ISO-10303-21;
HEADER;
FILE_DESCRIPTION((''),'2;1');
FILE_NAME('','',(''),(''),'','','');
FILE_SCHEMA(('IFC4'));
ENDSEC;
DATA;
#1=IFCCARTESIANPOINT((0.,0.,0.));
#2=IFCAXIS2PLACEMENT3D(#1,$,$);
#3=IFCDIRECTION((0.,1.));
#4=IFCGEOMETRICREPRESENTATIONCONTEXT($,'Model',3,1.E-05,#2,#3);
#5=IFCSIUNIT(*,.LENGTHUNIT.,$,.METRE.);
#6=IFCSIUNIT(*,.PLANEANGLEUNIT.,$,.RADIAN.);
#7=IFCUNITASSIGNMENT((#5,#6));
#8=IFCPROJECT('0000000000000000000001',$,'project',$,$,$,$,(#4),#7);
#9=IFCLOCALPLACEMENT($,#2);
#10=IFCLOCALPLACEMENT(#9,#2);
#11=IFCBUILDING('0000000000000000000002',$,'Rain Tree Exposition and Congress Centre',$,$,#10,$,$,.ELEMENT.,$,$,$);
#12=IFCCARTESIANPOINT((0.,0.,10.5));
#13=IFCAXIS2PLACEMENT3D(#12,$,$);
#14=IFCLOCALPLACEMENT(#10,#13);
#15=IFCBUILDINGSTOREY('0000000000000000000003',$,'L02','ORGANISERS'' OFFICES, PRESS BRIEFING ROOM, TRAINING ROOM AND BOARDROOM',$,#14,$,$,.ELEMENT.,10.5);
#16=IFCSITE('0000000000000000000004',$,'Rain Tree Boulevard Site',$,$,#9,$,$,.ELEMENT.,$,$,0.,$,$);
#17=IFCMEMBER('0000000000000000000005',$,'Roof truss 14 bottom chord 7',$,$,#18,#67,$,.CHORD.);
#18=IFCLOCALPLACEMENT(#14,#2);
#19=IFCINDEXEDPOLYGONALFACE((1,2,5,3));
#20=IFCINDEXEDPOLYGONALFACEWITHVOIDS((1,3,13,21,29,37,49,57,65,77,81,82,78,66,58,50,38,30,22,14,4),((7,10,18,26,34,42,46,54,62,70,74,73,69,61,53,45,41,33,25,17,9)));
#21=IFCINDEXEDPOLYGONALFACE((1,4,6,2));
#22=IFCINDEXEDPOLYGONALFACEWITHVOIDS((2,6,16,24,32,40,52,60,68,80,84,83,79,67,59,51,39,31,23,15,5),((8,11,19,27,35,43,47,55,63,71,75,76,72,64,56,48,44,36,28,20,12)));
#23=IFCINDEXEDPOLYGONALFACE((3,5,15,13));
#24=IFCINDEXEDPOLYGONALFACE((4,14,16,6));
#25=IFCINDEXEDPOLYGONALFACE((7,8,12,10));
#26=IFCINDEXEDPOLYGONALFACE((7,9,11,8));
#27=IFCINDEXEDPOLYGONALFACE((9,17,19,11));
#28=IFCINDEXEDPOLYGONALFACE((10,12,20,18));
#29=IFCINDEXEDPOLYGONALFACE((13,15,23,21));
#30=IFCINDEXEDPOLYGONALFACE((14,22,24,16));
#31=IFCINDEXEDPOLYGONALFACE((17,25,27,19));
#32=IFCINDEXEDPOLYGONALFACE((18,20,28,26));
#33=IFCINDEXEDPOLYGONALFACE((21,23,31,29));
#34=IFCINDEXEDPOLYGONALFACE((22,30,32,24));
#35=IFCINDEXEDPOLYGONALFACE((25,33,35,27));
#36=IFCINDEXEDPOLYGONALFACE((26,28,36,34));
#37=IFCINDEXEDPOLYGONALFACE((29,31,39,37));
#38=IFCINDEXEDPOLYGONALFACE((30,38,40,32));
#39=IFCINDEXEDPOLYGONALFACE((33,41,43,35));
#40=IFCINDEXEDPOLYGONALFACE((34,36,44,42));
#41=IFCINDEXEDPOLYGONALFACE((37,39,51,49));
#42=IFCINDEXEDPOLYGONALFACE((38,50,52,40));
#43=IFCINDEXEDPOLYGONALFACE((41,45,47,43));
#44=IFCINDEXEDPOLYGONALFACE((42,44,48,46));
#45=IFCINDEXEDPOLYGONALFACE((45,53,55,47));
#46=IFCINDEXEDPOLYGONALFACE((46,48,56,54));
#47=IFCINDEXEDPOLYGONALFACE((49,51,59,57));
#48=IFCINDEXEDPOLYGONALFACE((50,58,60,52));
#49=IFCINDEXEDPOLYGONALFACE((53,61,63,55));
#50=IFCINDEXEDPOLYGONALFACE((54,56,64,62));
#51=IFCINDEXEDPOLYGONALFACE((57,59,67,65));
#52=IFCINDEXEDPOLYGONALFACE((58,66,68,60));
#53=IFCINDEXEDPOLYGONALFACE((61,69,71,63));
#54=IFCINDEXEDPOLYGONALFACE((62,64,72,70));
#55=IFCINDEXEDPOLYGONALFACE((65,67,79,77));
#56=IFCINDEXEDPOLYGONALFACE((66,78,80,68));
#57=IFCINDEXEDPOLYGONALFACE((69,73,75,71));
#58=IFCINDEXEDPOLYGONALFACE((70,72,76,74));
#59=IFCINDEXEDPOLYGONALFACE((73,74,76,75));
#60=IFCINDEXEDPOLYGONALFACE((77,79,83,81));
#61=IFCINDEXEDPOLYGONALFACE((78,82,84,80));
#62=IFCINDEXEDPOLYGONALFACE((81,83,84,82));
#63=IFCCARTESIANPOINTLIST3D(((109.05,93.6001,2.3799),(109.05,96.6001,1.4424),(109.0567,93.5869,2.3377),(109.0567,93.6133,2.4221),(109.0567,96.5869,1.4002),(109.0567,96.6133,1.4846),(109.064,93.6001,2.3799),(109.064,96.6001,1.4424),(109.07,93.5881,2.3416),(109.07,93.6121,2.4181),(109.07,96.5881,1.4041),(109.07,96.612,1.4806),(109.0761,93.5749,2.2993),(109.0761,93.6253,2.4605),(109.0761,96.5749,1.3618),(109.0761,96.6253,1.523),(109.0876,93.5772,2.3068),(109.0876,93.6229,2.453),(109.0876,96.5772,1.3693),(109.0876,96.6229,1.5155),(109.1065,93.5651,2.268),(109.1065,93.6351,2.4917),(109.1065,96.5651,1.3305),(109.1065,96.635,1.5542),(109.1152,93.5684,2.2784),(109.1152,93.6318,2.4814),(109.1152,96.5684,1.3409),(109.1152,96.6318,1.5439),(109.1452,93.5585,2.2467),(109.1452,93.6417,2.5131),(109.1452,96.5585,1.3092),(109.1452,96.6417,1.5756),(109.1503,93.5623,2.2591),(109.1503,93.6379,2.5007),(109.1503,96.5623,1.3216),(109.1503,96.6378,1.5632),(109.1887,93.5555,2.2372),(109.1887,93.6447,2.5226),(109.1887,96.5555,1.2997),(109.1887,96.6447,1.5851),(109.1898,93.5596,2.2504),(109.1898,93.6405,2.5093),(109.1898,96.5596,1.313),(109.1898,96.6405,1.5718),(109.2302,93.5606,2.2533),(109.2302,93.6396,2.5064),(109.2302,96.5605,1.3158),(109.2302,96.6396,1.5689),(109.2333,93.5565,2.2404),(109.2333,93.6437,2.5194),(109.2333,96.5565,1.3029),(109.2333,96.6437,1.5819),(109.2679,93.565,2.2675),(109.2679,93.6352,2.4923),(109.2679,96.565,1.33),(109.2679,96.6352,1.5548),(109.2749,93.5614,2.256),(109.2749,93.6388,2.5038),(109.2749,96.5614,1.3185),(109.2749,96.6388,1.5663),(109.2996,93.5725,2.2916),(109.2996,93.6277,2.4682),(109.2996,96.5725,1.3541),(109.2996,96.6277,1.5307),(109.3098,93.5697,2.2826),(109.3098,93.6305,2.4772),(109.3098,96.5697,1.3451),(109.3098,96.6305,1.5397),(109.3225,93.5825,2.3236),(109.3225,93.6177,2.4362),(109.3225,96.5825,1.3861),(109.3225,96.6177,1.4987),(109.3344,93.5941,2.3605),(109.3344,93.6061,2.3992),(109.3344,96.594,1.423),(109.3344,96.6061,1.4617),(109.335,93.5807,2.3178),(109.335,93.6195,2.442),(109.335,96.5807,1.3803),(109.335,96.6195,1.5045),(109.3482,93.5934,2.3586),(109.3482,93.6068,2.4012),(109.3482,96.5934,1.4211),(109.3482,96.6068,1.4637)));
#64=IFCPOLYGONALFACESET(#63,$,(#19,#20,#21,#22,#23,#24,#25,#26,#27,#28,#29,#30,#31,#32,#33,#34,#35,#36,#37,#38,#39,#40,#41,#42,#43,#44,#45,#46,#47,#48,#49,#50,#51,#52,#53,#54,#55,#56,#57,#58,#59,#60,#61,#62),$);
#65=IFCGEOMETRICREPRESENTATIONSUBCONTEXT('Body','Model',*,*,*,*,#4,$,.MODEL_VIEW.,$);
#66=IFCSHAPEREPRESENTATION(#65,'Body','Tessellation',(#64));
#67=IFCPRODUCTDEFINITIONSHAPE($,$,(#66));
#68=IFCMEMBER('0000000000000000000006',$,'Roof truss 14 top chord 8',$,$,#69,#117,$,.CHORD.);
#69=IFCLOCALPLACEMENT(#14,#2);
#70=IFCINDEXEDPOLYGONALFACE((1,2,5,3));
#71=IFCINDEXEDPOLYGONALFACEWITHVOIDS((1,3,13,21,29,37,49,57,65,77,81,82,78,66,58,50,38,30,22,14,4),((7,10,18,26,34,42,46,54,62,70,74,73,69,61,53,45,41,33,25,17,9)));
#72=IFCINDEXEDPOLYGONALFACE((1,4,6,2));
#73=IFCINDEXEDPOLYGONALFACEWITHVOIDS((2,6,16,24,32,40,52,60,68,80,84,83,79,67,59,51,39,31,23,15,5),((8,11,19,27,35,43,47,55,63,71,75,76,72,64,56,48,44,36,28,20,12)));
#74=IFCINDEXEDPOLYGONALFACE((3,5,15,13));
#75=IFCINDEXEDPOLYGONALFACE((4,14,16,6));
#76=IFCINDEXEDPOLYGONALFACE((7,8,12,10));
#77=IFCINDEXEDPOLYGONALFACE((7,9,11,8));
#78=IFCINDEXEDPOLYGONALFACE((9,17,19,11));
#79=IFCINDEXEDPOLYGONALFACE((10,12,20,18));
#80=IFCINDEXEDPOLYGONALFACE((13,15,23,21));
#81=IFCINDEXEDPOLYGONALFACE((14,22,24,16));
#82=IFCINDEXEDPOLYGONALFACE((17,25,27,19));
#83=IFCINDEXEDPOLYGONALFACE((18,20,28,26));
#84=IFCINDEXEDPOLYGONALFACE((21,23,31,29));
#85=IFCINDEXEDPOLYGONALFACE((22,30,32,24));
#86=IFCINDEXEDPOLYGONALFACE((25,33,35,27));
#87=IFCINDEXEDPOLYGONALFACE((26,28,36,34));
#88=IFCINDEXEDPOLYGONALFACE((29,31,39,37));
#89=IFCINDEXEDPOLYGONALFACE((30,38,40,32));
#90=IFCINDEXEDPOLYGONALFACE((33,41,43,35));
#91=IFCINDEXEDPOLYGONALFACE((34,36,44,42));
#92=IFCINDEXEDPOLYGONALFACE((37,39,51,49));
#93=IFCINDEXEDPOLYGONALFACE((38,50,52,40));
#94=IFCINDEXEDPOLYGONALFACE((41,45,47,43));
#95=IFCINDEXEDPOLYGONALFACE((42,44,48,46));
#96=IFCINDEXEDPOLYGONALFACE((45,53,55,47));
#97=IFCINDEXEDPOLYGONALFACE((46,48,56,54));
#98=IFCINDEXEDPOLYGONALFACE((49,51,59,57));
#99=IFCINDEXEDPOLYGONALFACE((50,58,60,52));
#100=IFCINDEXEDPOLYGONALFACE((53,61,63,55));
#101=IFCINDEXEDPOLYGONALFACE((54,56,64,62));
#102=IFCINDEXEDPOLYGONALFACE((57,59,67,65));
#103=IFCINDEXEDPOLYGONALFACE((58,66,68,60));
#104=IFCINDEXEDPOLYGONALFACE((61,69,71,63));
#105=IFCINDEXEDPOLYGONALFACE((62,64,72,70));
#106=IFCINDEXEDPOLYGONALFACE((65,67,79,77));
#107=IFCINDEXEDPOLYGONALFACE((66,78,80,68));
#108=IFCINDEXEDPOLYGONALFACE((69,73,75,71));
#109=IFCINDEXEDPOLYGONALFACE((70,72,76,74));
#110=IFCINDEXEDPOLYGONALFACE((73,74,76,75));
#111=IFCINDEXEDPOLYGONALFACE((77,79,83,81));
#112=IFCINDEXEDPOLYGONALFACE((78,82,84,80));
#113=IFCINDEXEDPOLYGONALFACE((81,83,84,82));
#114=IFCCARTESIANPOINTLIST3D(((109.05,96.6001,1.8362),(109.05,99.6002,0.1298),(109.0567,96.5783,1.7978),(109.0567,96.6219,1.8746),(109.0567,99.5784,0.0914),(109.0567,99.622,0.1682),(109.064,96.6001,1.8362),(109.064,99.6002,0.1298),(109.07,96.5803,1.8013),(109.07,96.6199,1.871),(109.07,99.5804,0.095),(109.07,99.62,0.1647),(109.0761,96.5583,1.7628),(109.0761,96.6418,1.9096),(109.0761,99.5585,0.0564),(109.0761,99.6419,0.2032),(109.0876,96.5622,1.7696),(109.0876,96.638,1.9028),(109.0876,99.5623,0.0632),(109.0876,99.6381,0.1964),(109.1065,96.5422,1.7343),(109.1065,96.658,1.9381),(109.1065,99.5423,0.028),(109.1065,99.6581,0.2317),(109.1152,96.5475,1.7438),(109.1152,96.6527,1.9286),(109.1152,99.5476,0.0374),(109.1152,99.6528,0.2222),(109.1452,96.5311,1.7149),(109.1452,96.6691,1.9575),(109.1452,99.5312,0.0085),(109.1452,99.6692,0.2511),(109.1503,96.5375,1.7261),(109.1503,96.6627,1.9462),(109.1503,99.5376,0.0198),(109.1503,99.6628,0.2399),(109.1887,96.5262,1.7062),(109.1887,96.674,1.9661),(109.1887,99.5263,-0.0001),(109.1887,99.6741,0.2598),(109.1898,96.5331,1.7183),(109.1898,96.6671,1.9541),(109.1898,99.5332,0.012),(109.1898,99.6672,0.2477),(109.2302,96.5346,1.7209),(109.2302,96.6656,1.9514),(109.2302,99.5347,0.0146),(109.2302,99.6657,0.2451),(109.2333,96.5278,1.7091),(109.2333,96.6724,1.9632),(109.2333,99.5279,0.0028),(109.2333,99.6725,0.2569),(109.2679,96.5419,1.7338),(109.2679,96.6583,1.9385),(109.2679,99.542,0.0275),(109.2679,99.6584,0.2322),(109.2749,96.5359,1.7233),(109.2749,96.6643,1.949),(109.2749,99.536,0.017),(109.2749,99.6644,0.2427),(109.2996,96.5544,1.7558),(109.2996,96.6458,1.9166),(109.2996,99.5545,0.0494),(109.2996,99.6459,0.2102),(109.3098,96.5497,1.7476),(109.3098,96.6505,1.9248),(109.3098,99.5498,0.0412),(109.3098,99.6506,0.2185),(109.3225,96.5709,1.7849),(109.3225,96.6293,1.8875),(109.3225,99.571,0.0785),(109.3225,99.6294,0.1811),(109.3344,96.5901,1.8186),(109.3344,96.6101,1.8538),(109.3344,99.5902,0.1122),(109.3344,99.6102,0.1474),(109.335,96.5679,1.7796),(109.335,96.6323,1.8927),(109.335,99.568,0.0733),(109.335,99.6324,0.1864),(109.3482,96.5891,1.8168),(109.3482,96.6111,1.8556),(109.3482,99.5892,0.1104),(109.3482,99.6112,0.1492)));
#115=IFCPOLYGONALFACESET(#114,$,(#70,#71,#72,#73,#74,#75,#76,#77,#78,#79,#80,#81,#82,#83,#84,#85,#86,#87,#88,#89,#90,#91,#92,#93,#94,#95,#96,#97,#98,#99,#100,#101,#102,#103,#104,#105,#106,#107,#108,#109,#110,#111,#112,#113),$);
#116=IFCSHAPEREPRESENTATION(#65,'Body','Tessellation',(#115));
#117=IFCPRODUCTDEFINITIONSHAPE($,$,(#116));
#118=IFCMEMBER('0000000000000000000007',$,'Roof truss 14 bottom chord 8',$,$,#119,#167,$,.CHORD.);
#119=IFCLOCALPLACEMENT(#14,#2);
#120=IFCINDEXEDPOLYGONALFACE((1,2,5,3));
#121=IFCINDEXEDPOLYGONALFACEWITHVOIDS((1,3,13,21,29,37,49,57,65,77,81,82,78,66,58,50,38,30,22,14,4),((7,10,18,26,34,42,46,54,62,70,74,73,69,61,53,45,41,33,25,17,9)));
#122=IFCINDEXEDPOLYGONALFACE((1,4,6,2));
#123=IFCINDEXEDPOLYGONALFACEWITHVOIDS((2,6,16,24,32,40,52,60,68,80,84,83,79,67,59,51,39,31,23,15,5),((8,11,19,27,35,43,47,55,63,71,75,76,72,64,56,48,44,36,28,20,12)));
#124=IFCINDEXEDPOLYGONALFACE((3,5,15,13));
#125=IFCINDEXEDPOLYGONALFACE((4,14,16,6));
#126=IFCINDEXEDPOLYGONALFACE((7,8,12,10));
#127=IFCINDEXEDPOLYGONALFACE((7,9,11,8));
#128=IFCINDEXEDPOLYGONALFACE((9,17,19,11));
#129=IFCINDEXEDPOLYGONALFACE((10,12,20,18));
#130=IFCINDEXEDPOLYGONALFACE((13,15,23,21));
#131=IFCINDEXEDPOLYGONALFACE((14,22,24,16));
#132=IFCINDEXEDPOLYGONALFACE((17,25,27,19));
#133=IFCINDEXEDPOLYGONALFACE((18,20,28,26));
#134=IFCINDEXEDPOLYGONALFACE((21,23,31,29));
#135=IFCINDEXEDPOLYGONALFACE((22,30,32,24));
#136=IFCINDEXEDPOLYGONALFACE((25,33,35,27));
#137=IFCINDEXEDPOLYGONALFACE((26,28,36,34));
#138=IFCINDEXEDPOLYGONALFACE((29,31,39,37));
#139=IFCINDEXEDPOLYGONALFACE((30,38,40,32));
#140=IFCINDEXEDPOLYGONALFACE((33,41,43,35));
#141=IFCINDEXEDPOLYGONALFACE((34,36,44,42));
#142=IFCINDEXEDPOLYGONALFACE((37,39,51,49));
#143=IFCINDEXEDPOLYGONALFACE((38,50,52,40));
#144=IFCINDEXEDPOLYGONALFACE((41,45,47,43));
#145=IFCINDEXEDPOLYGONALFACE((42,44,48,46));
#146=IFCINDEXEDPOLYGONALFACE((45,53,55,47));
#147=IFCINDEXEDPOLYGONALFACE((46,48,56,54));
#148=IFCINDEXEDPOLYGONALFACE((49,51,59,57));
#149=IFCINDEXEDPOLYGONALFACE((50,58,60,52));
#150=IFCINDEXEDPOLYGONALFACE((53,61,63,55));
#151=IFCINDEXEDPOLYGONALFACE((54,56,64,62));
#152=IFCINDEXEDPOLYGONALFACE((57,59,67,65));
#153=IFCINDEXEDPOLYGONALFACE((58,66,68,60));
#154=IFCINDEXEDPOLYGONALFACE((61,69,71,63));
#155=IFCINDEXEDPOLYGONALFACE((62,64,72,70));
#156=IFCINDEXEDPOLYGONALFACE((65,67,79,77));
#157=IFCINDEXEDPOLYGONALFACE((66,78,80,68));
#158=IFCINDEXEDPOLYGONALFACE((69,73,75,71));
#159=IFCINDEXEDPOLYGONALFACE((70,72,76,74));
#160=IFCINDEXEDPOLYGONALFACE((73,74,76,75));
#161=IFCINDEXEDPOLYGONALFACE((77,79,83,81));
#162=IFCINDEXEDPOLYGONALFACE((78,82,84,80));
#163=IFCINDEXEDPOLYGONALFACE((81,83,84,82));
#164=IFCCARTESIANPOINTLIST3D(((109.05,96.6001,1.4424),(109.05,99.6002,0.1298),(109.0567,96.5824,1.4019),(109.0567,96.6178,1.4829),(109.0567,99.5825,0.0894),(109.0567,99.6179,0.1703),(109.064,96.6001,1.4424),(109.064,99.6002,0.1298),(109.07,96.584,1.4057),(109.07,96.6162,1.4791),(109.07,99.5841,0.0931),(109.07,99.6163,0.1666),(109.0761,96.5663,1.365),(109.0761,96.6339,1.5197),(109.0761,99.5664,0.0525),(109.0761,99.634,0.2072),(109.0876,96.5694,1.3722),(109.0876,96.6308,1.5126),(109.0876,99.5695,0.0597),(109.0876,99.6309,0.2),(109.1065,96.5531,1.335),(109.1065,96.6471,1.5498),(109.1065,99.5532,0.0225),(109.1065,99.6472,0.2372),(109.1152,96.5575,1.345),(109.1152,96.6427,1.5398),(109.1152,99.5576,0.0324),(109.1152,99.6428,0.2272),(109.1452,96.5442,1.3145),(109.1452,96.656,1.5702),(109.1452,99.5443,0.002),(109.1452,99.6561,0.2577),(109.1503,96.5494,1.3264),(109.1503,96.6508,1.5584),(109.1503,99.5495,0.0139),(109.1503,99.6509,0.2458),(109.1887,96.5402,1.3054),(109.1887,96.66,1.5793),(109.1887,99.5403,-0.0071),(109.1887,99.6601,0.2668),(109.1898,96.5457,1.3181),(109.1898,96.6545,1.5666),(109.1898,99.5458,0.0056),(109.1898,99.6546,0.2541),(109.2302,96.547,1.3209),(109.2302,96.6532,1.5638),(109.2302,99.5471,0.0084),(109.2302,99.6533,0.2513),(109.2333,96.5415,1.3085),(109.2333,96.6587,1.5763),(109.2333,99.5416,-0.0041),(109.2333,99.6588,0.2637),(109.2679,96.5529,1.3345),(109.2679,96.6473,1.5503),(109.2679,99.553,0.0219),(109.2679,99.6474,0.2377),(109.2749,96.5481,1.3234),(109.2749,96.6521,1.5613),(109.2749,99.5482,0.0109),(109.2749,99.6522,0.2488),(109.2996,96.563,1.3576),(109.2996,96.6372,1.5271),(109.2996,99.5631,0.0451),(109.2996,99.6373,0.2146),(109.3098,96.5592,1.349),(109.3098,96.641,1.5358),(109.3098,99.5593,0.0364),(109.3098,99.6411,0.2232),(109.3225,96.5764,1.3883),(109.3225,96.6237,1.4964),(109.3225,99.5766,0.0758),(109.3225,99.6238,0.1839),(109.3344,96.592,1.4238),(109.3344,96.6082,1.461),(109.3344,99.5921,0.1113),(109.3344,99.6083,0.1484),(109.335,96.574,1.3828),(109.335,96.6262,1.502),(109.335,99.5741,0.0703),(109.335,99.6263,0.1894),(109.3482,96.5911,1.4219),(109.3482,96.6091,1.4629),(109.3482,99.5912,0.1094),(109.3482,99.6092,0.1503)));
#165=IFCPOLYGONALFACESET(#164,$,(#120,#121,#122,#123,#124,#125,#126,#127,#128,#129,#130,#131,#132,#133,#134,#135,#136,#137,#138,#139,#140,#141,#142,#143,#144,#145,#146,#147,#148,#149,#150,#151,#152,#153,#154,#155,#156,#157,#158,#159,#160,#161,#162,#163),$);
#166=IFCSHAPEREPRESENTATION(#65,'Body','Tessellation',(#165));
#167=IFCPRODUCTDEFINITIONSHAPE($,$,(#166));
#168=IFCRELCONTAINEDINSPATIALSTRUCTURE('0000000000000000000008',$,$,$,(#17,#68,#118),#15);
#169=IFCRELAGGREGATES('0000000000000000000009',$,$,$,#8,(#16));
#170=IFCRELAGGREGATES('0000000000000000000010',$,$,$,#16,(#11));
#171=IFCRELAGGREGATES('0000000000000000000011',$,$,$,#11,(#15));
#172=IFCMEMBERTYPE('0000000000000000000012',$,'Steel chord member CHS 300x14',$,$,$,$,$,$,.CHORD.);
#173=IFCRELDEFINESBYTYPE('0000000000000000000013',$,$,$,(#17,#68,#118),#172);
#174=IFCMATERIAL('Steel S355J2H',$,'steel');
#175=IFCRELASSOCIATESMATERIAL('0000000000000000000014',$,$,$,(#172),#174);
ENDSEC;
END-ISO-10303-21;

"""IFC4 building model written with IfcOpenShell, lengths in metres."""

from ifc_helpers import new_model, si_unit, direction, frame, origin, origin_2d, place, context, subcontext, project, spatial, hollow_circle, extrude, material, material_profile, profile_set, type_object, element, save


model = new_model("IFC4")

# Units and contexts
model_context = context("Model", 3, precision=1e-05, world=origin(), true_north=direction((0.0, 1.0)))
body_context = subcontext(model_context, "Body", "Model", "MODEL_VIEW")
ifc_project = project(units=[si_unit("LENGTHUNIT", "METRE"), si_unit("PLANEANGLEUNIT", "RADIAN")], contexts=[model_context])

# Site, building, storey
site_placement = place(None, origin())
site = spatial("IfcSite", under=ifc_project, at=site_placement, Name="Rain Tree Boulevard Site", CompositionType="ELEMENT", RefElevation=0.0)
building_placement = place(site_placement, origin())
building = spatial("IfcBuilding", under=site, at=building_placement, Name="Rain Tree Exposition and Congress Centre", CompositionType="ELEMENT")
storey_placement = place(building_placement, frame((0.0, 0.0, 10.5)))
storey = spatial("IfcBuildingStorey", under=building, at=storey_placement, Name="L02", Description="ORGANISERS' OFFICES, PRESS BRIEFING ROOM, TRAINING ROOM AND BOARDROOM", CompositionType="ELEMENT", Elevation=10.5)

# Members
ifc_material_1 = material(Name="Steel S355J2H", Category="steel")
ifc_material_profile_1 = material_profile(ifc_material_1, hollow_circle(Radius=0.1499, WallThickness=0.0139, at=origin_2d()), Name="CHS 300x14")
ifc_profile_set_1 = profile_set([ifc_material_profile_1], Name="Steel S355J2H")
member_type_1 = type_object("IfcMemberType", Name="Steel chord member CHS 300x14", PredefinedType="CHORD", material=ifc_profile_set_1)
member_1_placement = place(storey_placement, frame((109.2, 93.6001, 2.3799), z_axis=(0.0, 0.95448, -0.298275), x_axis=(-1.0, 0.0, 0.0)))
element("IfcMember", 1, at=member_1_placement, inside=storey, type_object=member_type_1, Name="Roof truss 14 bottom chord 7", PredefinedType="CHORD", context=body_context, shape_type="SweptSolid", body=[
    extrude(hollow_circle(Radius=0.1499, WallThickness=0.0139, at=origin_2d()), origin(), (0.0, 0.0, 1.0), 3.1431),
])
member_2_placement = place(storey_placement, frame((109.2, 96.6001, 1.8362), z_axis=(0.0, 0.869238, -0.494393), x_axis=(-1.0, 0.0, 0.0)))
element("IfcMember", 2, at=member_2_placement, inside=storey, type_object=member_type_1, Name="Roof truss 14 top chord 8", PredefinedType="CHORD", context=body_context, shape_type="SweptSolid", body=[
    extrude(hollow_circle(Radius=0.1499, WallThickness=0.0139, at=origin_2d()), origin(), (0.0, 0.0, 1.0), 3.4514),
])
member_3_placement = place(storey_placement, frame((109.2, 96.6001, 1.4424), z_axis=(0.0, 0.916157, -0.400819), x_axis=(-1.0, 0.0, 0.0)))
element("IfcMember", 3, at=member_3_placement, inside=storey, type_object=member_type_1, Name="Roof truss 14 bottom chord 8", PredefinedType="CHORD", context=body_context, shape_type="SweptSolid", body=[
    extrude(hollow_circle(Radius=0.1499, WallThickness=0.0139, at=origin_2d()), origin(), (0.0, 0.0, 1.0), 3.2747),
])

save(model, "model.ifc")
